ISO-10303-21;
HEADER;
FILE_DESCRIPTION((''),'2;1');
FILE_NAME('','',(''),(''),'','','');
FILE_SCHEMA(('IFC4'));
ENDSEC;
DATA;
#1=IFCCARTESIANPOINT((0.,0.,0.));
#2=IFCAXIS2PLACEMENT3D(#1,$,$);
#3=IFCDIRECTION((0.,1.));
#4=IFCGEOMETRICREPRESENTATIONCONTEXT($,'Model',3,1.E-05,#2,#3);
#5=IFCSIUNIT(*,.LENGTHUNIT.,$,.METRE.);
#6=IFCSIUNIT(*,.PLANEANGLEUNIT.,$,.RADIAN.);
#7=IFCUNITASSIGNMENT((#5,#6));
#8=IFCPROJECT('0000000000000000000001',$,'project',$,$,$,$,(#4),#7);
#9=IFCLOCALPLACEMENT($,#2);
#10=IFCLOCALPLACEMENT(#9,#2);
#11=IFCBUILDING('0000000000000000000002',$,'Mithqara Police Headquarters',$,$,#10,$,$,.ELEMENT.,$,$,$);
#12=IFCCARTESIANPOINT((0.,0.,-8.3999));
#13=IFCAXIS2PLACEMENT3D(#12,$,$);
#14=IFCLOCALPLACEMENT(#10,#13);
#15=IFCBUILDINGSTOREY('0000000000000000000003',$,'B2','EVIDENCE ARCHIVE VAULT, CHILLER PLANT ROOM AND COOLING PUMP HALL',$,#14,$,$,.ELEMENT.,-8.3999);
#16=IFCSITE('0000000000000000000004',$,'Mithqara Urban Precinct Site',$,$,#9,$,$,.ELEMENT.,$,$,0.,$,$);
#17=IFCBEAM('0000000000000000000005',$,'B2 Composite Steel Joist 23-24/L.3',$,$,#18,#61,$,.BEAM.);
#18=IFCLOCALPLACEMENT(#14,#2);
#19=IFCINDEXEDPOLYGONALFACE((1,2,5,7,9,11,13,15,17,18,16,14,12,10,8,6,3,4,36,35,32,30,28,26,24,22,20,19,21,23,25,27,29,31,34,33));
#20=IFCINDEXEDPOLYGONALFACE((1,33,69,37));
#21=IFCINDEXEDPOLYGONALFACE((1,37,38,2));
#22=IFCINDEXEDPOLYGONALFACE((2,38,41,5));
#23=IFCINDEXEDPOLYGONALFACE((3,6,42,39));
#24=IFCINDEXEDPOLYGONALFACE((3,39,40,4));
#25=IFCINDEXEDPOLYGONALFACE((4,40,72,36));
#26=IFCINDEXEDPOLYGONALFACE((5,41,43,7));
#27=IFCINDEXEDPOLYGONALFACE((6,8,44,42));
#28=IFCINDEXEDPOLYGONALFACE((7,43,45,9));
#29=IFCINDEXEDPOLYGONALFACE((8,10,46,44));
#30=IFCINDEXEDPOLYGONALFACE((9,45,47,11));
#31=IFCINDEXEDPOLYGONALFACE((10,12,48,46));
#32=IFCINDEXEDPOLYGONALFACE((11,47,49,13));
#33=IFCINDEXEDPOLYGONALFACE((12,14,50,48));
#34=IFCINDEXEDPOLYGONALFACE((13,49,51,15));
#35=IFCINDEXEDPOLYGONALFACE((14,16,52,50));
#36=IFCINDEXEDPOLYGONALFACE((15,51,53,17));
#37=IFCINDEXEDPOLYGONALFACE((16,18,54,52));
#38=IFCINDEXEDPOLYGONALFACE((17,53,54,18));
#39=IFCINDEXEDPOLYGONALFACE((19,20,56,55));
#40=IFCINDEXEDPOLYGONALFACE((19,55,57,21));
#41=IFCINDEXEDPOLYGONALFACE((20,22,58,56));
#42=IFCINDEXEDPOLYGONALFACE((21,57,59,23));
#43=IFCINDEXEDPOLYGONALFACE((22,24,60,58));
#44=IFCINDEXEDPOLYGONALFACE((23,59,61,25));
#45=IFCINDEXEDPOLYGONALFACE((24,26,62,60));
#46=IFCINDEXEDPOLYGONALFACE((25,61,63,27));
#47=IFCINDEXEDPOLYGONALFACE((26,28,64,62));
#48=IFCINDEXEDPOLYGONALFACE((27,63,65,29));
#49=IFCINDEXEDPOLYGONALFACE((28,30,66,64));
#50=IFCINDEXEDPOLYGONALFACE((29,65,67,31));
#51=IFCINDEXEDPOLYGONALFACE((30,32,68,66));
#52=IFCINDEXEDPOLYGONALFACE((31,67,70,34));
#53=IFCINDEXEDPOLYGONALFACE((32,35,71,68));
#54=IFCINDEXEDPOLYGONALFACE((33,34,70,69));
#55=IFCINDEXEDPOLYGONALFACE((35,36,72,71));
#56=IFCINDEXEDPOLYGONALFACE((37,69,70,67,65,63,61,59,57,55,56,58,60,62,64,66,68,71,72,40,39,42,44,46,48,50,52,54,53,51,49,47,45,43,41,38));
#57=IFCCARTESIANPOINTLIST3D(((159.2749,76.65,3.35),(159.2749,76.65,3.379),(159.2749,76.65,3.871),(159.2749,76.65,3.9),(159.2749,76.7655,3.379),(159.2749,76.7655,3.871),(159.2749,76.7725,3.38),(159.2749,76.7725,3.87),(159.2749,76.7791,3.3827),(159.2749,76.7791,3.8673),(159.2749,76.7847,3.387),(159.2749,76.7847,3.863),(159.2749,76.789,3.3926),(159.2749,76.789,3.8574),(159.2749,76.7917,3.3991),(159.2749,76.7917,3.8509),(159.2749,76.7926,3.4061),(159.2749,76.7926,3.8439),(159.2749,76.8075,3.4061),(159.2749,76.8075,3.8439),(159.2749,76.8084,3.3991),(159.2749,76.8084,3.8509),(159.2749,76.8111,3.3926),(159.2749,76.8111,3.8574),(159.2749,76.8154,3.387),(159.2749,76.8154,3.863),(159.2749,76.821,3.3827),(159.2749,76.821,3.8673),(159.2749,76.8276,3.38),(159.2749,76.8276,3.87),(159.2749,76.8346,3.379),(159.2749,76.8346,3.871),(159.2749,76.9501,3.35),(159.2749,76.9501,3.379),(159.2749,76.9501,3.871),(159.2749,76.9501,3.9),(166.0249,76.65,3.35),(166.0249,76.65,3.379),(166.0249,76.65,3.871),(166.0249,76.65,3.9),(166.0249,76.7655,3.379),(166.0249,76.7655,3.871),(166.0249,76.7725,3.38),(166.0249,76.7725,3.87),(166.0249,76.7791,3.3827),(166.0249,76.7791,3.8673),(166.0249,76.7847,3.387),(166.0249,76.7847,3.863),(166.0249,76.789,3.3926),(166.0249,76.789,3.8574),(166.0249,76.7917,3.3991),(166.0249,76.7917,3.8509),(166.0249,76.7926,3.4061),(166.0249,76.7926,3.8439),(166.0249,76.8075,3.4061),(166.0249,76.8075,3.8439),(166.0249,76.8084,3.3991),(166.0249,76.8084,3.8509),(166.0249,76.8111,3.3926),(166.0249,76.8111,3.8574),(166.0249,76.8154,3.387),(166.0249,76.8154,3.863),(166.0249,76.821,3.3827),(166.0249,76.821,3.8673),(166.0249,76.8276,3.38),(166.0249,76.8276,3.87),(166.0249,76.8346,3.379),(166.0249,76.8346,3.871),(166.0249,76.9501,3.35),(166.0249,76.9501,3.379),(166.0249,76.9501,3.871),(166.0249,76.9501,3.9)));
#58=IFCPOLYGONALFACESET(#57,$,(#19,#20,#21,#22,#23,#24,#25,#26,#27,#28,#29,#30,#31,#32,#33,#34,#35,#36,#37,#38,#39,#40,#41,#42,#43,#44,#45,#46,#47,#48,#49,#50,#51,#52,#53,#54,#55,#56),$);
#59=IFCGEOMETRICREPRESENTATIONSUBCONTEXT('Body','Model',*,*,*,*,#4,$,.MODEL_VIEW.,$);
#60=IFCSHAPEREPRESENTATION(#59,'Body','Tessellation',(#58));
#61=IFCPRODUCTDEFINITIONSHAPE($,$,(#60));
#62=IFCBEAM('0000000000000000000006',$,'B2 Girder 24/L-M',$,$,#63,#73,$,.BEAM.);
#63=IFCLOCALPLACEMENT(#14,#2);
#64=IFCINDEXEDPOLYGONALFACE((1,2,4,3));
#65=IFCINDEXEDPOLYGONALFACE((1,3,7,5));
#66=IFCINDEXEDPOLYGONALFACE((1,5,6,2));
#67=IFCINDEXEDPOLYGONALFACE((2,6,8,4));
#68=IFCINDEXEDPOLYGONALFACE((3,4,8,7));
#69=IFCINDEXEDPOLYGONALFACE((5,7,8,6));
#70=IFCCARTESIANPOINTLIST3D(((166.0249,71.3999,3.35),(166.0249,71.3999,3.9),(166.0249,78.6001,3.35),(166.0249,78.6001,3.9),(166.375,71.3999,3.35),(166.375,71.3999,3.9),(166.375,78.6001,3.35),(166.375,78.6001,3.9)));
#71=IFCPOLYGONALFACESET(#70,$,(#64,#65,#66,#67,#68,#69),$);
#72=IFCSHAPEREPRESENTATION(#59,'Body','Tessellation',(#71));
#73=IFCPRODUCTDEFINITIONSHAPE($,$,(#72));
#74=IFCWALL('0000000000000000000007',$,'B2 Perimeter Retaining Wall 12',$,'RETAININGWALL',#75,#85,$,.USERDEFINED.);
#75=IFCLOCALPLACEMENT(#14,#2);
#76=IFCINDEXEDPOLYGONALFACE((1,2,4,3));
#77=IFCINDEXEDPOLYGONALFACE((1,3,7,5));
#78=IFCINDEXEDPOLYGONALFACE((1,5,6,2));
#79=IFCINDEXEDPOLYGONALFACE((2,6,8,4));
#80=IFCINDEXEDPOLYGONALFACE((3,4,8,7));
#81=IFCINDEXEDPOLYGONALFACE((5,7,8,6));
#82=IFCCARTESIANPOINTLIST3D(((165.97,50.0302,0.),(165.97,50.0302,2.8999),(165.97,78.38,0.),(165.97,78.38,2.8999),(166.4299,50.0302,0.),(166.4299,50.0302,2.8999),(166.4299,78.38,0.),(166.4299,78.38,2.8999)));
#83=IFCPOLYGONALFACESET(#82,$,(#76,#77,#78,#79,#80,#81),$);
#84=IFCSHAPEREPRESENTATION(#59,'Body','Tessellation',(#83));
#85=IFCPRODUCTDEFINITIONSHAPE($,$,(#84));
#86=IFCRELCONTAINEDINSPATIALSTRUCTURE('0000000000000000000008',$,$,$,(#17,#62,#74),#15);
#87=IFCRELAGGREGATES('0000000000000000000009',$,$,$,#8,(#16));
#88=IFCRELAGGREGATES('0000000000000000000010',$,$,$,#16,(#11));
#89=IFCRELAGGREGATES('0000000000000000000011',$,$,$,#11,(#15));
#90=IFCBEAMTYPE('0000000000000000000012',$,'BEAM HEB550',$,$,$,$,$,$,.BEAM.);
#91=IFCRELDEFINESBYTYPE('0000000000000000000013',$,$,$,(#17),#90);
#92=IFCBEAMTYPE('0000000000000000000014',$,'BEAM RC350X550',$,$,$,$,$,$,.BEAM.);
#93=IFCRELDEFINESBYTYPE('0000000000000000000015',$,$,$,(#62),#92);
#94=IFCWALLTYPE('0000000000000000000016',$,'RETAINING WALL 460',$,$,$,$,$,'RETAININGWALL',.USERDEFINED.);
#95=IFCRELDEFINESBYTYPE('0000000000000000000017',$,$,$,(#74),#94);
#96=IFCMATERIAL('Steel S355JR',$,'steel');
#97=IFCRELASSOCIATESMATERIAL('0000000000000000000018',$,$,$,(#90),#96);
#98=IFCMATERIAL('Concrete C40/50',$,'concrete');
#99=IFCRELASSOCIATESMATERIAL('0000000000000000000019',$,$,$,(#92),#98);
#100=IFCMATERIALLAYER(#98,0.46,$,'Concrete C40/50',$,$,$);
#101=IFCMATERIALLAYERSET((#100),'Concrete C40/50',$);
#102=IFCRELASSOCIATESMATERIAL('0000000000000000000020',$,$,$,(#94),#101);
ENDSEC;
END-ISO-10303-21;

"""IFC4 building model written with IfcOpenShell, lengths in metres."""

from ifc_helpers import new_model, si_unit, direction, frame, frame_2d, origin, origin_2d, place, context, subcontext, project, spatial, rectangle, i_section, extrude, material, layer, layer_set, material_profile, profile_set, type_object, element, save


model = new_model("IFC4")

# Units and contexts
model_context = context("Model", 3, precision=1e-05, world=origin(), true_north=direction((0.0, 1.0)))
body_context = subcontext(model_context, "Body", "Model", "MODEL_VIEW")
ifc_project = project(units=[si_unit("LENGTHUNIT", "METRE"), si_unit("PLANEANGLEUNIT", "RADIAN")], contexts=[model_context])

# Site, building, storey
site_placement = place(None, origin())
site = spatial("IfcSite", under=ifc_project, at=site_placement, Name="Mithqara Urban Precinct Site", CompositionType="ELEMENT", RefElevation=0.0)
building_placement = place(site_placement, origin())
building = spatial("IfcBuilding", under=site, at=building_placement, Name="Mithqara Police Headquarters", CompositionType="ELEMENT")
storey_placement = place(building_placement, frame((0.0, 0.0, -8.3999)))
storey = spatial("IfcBuildingStorey", under=building, at=storey_placement, Name="B2", Description="EVIDENCE ARCHIVE VAULT, CHILLER PLANT ROOM AND COOLING PUMP HALL", CompositionType="ELEMENT", Elevation=-8.3999)

# Shared definitions
ifc_material_1 = material(Name="Concrete C40/50", Category="concrete")

# Beams
ifc_material_2 = material(Name="Steel S355JR", Category="steel")
ifc_material_profile_1 = material_profile(ifc_material_2, i_section(OverallWidth=0.3, OverallDepth=0.55, WebThickness=0.0149, FlangeThickness=0.0291, FilletRadius=0.0271, at=origin_2d()), Name="HEB 550")
ifc_profile_set_1 = profile_set([ifc_material_profile_1], Name="Steel S355JR")
beam_type_1 = type_object("IfcBeamType", Name="BEAM HEB550", PredefinedType="BEAM", material=ifc_profile_set_1)
for number, where, z_axis, x_axis, name in (
    (1, (159.2749, 76.8, 3.625), (1.0, 0.0, 0.0), (0.0, 1.0, 0.0), "B2 Composite Steel Joist 23-24/L.3"),
):
    element("IfcBeam", number, at=place(storey_placement, frame(where, z_axis=z_axis, x_axis=x_axis)), inside=storey, type_object=beam_type_1, Name=name, PredefinedType="BEAM", context=body_context, shape_type="SweptSolid", body=[
        extrude(i_section(OverallWidth=0.3, OverallDepth=0.55, WebThickness=0.0149, FlangeThickness=0.0291, FilletRadius=0.0271, at=origin_2d()), origin(), (0.0, 0.0, 1.0), 6.75),
    ])
ifc_material_profile_2 = material_profile(ifc_material_1, rectangle(XDim=0.3501, YDim=0.55, at=origin_2d()), Name="RC 350x550")
ifc_profile_set_2 = profile_set([ifc_material_profile_2], Name="Concrete C40/50")
beam_type_2 = type_object("IfcBeamType", Name="BEAM RC350X550", PredefinedType="BEAM", material=ifc_profile_set_2)
beam_placement = place(storey_placement, frame((166.2, 71.3999, 3.625), z_axis=(0.0, 1.0, 0.0), x_axis=(-1.0, 0.0, 0.0)))
element("IfcBeam", 2, at=beam_placement, inside=storey, type_object=beam_type_2, Name="B2 Girder 24/L-M", PredefinedType="BEAM", context=body_context, shape_type="SweptSolid", body=[
    extrude(rectangle(XDim=0.3501, YDim=0.55, at=origin_2d()), origin(), (0.0, 0.0, 1.0), 7.2002),
])

# Wall
ifc_layer = layer(ifc_material_1, 0.46, Name="Concrete C40/50")
ifc_layer_set = layer_set([ifc_layer], Name="Concrete C40/50")
wall_type = type_object("IfcWallType", Name="RETAINING WALL 460", ElementType="RETAININGWALL", PredefinedType="USERDEFINED", material=ifc_layer_set)
wall_placement = place(storey_placement, frame((166.2, 78.3799, 0.0), z_axis=(0.0, 0.0, 1.0), x_axis=(0.0, -1.0, 0.0)))
element("IfcWall", 3, at=wall_placement, inside=storey, type_object=wall_type, Name="B2 Perimeter Retaining Wall 12", ObjectType="RETAININGWALL", PredefinedType="USERDEFINED", context=body_context, shape_type="SweptSolid", body=[
    extrude(rectangle(XDim=28.3499, YDim=0.46, at=frame_2d((14.1748, 0.0))), origin(), (0.0, 0.0, 1.0), 2.8999),
])

save(model, "model.ifc")
